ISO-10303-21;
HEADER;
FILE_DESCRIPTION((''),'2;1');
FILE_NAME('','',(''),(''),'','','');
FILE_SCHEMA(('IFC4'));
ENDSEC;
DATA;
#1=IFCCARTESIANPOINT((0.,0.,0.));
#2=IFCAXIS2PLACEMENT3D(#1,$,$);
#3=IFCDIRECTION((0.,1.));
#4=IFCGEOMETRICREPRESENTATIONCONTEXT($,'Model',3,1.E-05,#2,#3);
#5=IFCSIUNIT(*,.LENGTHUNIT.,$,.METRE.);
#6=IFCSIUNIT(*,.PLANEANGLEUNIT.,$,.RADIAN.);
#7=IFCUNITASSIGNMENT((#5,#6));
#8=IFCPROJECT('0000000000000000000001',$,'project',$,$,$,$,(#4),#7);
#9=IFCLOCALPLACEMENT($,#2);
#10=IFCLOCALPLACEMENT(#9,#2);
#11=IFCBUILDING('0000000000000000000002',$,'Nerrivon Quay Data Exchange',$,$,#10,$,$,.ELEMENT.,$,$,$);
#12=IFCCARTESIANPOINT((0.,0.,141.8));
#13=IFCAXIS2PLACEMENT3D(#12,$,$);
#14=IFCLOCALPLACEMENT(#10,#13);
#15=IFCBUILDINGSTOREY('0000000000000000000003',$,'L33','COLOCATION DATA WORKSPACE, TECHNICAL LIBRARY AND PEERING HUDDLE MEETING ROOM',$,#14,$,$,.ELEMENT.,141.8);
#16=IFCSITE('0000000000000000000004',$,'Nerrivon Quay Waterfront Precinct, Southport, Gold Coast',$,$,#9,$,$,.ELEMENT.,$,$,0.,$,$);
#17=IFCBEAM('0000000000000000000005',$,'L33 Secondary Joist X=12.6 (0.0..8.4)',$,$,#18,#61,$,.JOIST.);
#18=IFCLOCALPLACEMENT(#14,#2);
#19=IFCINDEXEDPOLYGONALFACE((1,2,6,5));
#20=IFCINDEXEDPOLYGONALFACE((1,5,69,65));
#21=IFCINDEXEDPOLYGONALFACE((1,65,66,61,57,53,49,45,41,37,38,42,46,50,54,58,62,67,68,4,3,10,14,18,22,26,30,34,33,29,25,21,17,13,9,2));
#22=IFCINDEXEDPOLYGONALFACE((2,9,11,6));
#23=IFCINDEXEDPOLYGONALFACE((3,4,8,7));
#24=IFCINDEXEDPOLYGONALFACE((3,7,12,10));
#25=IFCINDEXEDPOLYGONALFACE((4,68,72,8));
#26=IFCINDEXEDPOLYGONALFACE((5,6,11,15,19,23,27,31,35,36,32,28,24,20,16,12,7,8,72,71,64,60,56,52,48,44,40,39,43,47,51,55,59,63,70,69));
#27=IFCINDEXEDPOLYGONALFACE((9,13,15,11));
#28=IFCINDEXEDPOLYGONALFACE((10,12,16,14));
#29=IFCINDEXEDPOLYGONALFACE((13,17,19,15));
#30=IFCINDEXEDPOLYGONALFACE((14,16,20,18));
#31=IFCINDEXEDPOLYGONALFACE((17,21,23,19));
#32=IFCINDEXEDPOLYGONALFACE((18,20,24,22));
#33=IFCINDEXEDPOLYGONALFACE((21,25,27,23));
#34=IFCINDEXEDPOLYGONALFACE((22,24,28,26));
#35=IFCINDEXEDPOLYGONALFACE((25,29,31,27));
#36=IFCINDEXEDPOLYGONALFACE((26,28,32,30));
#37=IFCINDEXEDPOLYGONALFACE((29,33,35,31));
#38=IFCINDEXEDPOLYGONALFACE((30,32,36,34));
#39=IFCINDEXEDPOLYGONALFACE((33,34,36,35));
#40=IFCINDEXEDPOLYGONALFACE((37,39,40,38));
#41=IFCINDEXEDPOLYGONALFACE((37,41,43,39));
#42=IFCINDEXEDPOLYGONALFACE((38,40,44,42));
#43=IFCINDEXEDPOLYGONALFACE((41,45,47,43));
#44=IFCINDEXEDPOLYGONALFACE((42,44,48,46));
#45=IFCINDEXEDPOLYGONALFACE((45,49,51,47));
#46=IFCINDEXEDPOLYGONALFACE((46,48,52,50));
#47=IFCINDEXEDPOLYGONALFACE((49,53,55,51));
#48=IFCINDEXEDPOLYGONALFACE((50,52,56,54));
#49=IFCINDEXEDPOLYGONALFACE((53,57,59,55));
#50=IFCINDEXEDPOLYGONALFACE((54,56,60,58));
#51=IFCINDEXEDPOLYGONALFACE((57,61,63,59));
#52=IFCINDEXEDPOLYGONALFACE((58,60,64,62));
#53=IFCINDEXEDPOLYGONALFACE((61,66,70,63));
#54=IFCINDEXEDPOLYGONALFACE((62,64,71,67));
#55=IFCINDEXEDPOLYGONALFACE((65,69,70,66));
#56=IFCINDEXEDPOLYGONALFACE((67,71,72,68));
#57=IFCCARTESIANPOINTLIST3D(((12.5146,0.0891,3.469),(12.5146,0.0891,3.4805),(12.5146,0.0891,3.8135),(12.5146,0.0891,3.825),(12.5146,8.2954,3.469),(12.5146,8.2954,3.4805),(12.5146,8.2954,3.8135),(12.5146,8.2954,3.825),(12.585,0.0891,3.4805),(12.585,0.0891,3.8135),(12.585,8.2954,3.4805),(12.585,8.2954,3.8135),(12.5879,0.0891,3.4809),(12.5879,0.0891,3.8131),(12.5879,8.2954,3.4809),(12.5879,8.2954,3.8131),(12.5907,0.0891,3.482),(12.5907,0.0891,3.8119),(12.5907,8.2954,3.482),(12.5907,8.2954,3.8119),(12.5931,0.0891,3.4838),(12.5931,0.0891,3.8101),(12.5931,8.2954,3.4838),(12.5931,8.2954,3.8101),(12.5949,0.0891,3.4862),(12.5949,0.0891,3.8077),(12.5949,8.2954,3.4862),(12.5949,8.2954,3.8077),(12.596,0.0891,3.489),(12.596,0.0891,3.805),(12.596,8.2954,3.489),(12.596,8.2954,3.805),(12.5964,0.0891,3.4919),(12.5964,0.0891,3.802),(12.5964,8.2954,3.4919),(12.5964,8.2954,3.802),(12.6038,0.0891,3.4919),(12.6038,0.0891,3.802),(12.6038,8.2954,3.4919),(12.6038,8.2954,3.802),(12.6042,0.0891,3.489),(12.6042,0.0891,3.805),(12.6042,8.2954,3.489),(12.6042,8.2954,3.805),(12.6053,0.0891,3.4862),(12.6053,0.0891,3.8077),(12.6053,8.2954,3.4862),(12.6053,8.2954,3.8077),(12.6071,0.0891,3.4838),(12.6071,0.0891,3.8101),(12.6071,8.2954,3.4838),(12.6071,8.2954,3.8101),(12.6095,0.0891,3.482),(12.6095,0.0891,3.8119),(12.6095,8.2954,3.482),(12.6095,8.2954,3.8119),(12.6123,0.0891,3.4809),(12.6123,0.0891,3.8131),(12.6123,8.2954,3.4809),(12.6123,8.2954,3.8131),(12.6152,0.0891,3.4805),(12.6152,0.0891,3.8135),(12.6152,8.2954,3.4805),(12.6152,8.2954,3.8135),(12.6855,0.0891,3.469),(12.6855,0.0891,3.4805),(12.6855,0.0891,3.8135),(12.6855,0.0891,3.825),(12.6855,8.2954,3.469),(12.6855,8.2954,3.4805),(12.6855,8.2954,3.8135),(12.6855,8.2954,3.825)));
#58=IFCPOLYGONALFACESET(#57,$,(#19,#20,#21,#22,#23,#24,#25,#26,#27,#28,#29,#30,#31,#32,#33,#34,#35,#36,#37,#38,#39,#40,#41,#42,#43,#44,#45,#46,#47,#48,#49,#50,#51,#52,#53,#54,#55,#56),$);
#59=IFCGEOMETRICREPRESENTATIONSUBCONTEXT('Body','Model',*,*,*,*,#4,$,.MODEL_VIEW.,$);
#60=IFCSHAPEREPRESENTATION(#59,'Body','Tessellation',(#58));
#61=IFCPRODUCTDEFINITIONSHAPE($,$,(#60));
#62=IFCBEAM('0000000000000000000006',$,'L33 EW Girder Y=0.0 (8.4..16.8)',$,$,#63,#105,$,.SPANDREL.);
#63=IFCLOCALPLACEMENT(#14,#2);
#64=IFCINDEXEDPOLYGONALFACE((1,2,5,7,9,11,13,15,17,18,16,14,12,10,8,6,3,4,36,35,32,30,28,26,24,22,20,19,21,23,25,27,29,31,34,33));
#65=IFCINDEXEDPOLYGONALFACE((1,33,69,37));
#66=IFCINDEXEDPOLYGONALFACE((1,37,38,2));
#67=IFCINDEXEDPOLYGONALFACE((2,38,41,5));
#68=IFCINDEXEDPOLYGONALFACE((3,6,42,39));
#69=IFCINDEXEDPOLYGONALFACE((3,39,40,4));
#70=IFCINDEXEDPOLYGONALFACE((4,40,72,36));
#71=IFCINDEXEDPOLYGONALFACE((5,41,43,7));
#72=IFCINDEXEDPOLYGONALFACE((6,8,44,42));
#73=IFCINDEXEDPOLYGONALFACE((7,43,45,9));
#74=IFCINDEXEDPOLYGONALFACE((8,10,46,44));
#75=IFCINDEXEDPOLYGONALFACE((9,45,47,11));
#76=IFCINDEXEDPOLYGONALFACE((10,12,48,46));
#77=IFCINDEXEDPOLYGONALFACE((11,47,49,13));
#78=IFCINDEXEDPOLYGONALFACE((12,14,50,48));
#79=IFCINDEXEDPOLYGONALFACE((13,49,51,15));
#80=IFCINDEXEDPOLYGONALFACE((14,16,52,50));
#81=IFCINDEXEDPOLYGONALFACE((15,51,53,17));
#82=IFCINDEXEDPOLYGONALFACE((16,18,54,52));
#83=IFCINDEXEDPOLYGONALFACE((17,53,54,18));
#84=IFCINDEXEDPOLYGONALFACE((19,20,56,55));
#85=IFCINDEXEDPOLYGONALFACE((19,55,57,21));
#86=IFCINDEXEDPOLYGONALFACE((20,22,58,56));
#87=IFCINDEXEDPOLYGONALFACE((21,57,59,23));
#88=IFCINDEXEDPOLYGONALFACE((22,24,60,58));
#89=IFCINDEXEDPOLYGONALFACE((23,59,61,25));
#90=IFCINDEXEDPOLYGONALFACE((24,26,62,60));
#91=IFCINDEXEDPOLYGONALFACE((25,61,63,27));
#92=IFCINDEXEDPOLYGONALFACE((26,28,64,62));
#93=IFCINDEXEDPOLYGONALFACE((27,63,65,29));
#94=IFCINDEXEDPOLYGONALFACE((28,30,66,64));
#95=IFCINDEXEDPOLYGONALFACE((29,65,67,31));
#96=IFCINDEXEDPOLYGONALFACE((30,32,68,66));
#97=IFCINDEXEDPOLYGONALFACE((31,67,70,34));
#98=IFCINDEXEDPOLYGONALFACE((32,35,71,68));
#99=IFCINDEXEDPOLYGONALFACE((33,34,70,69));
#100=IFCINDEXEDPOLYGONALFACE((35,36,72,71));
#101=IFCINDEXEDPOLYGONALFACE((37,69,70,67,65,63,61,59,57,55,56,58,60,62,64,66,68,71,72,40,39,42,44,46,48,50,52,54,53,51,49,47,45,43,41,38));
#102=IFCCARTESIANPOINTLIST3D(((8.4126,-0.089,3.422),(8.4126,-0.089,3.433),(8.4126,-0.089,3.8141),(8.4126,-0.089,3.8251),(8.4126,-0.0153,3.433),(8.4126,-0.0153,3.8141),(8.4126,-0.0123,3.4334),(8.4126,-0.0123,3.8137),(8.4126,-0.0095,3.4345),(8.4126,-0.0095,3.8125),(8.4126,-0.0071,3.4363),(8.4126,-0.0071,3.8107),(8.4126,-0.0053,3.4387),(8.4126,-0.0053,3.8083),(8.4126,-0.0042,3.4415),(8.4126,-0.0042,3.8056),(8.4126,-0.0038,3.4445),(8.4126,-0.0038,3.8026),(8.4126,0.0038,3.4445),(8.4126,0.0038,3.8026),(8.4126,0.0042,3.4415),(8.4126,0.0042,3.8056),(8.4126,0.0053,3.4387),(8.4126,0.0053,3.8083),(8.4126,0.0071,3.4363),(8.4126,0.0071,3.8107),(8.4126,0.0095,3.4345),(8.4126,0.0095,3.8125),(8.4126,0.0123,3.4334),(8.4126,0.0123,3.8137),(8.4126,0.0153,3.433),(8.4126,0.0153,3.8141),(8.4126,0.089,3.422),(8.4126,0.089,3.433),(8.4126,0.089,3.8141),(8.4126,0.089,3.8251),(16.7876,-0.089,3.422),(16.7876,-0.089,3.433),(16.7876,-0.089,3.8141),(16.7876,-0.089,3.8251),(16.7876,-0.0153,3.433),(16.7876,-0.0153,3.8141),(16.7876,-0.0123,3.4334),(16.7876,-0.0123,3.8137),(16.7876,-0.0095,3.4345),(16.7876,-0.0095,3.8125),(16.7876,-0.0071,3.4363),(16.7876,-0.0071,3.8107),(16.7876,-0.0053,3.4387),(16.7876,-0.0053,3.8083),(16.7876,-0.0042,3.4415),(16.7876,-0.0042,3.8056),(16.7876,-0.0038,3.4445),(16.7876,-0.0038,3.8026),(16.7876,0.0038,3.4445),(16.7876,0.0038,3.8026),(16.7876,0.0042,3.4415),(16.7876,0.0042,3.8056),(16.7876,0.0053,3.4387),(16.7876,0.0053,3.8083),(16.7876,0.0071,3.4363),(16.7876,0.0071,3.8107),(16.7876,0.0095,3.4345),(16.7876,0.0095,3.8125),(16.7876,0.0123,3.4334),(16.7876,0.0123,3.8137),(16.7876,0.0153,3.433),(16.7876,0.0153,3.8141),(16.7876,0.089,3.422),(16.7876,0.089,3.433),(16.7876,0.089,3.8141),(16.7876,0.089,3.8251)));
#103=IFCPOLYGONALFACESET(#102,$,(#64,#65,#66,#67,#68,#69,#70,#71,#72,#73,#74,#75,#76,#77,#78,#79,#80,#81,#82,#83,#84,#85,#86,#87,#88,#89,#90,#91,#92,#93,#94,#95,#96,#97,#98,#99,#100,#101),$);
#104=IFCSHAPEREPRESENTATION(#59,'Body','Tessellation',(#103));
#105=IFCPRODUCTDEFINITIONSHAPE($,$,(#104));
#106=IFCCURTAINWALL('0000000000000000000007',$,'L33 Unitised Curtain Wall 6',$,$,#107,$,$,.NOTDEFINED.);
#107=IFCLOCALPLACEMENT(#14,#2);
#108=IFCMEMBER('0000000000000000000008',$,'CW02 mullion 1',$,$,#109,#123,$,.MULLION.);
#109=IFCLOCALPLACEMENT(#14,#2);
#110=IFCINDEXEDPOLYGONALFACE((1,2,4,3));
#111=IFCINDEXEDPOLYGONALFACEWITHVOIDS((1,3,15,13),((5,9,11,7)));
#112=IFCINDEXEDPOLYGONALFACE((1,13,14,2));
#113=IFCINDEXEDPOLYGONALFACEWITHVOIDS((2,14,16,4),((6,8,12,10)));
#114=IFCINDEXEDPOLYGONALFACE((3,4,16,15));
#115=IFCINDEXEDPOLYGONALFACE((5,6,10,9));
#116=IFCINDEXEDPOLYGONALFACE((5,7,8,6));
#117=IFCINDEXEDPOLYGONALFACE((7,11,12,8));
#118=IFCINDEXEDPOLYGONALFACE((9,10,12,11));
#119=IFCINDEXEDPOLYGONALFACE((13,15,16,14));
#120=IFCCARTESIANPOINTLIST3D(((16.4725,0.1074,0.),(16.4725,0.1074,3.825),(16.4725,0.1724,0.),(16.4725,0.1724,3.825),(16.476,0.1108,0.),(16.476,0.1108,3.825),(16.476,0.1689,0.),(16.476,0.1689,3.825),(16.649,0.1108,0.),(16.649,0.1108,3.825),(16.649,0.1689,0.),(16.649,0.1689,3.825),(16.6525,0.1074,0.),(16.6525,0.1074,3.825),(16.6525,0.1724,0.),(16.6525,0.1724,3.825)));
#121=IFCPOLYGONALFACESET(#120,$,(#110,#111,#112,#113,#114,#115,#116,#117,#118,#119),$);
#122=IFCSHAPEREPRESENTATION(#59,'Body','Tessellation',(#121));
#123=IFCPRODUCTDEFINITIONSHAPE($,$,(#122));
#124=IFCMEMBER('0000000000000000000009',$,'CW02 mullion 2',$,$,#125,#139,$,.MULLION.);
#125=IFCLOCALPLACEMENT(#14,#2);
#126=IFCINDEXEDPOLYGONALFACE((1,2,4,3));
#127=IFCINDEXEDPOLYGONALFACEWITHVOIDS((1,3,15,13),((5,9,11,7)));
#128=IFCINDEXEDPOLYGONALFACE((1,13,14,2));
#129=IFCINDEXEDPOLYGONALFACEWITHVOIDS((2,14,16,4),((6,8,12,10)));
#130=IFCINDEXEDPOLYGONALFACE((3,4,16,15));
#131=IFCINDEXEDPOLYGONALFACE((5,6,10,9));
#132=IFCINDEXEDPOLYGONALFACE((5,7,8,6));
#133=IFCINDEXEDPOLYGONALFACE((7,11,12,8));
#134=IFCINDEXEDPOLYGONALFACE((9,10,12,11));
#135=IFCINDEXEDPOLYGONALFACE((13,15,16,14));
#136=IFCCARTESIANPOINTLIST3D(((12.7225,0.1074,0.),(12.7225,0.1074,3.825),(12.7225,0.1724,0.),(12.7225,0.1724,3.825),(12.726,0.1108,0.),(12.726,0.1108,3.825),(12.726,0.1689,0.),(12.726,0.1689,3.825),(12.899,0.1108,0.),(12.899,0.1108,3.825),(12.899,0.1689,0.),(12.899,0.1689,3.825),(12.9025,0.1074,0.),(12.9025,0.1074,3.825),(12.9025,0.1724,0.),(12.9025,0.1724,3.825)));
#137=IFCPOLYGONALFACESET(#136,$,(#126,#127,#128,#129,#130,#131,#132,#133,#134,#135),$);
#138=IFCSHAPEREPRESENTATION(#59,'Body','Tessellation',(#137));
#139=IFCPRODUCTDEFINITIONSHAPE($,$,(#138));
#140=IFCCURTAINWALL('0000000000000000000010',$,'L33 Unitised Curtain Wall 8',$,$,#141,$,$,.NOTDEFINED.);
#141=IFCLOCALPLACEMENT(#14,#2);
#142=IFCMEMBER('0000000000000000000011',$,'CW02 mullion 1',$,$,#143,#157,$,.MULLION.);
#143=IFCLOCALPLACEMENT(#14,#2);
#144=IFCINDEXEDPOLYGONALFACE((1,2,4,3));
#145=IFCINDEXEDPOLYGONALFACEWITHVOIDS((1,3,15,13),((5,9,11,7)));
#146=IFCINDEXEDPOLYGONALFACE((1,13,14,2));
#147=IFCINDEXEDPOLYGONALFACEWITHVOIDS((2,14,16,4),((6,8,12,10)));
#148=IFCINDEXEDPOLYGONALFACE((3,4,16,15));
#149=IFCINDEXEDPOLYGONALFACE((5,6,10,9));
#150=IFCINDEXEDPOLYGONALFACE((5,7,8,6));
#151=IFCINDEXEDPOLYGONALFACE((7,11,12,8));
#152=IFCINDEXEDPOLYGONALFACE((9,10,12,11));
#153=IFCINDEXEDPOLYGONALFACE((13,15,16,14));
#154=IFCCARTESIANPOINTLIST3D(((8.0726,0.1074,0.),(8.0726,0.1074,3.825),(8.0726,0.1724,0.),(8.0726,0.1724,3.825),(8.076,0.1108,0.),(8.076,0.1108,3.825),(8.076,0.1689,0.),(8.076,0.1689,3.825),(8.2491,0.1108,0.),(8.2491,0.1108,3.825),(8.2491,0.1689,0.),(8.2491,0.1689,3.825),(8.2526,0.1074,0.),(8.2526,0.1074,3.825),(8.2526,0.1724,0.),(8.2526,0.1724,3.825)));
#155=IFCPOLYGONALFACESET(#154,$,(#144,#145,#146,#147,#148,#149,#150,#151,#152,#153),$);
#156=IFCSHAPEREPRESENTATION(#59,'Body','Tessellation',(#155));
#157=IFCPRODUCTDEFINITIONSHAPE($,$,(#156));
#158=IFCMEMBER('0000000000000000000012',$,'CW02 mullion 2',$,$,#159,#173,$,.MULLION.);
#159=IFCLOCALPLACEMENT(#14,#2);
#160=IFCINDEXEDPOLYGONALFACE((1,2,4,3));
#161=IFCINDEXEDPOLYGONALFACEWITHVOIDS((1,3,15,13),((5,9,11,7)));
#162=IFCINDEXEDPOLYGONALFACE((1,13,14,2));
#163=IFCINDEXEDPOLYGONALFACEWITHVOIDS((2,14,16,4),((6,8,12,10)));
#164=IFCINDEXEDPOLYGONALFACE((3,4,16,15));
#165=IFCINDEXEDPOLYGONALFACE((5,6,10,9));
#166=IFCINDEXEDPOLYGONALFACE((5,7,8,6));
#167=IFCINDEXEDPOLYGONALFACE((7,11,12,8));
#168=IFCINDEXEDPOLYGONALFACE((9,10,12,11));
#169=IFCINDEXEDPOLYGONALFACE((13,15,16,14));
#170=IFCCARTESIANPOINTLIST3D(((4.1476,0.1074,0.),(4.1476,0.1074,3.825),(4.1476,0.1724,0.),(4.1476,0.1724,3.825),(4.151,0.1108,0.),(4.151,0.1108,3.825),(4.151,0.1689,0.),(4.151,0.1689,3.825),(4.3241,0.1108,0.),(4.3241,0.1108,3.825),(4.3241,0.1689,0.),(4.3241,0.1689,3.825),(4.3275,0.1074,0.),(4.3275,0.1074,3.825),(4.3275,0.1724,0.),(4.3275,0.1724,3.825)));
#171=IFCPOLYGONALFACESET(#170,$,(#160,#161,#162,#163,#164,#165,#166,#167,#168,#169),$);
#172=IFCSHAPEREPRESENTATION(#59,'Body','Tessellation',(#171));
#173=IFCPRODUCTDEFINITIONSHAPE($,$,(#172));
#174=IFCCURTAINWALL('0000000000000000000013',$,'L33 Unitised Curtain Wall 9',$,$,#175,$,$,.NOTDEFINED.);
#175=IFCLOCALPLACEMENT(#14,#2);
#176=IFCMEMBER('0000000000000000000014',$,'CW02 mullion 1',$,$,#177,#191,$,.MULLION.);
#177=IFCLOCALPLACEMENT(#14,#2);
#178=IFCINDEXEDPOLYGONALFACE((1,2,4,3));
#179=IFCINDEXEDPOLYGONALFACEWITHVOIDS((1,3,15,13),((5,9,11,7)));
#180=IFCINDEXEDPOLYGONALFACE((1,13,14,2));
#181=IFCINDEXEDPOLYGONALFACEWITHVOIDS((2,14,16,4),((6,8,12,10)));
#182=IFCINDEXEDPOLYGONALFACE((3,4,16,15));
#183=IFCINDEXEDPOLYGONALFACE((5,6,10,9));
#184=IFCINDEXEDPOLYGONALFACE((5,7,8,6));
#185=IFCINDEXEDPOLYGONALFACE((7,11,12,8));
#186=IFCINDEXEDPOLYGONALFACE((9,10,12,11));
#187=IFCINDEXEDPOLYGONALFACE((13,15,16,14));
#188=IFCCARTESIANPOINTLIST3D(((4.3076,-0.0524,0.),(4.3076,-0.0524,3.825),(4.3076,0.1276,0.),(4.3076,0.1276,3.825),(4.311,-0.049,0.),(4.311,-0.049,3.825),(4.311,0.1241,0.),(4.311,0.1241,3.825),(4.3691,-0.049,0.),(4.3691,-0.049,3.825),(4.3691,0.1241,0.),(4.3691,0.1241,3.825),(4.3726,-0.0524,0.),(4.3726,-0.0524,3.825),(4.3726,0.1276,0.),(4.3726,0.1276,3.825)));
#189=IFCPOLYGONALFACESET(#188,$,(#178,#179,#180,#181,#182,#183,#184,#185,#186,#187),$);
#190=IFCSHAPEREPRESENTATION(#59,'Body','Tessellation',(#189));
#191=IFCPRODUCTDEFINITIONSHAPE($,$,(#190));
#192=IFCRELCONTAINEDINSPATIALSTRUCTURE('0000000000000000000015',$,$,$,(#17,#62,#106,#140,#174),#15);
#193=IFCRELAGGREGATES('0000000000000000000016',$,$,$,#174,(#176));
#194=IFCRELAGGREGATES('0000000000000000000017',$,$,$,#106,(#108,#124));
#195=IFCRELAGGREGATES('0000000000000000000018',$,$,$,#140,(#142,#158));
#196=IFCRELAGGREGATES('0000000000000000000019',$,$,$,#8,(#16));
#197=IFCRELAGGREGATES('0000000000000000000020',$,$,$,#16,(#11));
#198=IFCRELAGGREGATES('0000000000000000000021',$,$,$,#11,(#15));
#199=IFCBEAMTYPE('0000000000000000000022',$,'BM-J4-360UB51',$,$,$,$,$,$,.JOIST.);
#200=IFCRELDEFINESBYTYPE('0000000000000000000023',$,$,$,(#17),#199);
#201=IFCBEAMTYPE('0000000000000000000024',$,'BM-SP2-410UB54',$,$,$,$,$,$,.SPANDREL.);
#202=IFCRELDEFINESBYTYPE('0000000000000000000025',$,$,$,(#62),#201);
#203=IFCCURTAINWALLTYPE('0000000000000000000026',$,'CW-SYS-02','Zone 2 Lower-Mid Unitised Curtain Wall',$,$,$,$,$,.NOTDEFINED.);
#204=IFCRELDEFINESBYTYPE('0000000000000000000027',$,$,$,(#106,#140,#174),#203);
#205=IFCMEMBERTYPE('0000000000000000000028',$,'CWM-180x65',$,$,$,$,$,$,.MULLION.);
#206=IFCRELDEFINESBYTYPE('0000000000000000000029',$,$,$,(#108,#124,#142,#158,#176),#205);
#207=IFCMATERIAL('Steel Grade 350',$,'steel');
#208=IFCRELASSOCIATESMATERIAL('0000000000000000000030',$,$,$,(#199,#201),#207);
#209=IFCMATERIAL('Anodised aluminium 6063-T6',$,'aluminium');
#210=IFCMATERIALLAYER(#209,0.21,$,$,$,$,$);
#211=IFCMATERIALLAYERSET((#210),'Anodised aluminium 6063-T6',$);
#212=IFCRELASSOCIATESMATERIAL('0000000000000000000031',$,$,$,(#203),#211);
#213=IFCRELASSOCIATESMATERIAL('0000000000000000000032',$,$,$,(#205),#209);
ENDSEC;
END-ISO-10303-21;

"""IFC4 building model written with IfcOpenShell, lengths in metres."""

from ifc_helpers import new_model, si_unit, direction, frame, origin, origin_2d, place, context, subcontext, project, spatial, hollow_rectangle, i_section, extrude, material, layer, layer_set, material_profile, profile_set, type_object, element, aggregate, save


model = new_model("IFC4")

# Units and contexts
model_context = context("Model", 3, precision=1e-05, world=origin(), true_north=direction((0.0, 1.0)))
body_context = subcontext(model_context, "Body", "Model", "MODEL_VIEW")
ifc_project = project(units=[si_unit("LENGTHUNIT", "METRE"), si_unit("PLANEANGLEUNIT", "RADIAN")], contexts=[model_context])

# Site, building, storey
site_placement = place(None, origin())
site = spatial("IfcSite", under=ifc_project, at=site_placement, Name="Nerrivon Quay Waterfront Precinct, Southport, Gold Coast", CompositionType="ELEMENT", RefElevation=0.0)
building_placement = place(site_placement, origin())
building = spatial("IfcBuilding", under=site, at=building_placement, Name="Nerrivon Quay Data Exchange", CompositionType="ELEMENT")
storey_placement = place(building_placement, frame((0.0, 0.0, 141.8)))
storey = spatial("IfcBuildingStorey", under=building, at=storey_placement, Name="L33", Description="COLOCATION DATA WORKSPACE, TECHNICAL LIBRARY AND PEERING HUDDLE MEETING ROOM", CompositionType="ELEMENT", Elevation=141.8)

# Shared definitions
ifc_material_1 = material(Name="Steel Grade 350", Category="steel")

# Beams
ifc_material_profile_1 = material_profile(ifc_material_1, i_section(OverallWidth=0.1709, OverallDepth=0.356, WebThickness=0.0073, FlangeThickness=0.0115, FilletRadius=0.0115, at=origin_2d()), Name="360UB50.7")
ifc_profile_set_1 = profile_set([ifc_material_profile_1], Name="Steel Grade 350")
beam_type_1 = type_object("IfcBeamType", Name="BM-J4-360UB51", PredefinedType="JOIST", material=ifc_profile_set_1)
beam_1_placement = place(storey_placement, frame((12.6001, 0.0891, 3.647), z_axis=(0.0, 1.0, 0.0), x_axis=(-1.0, 0.0, 0.0)))
element("IfcBeam", 1, at=beam_1_placement, inside=storey, type_object=beam_type_1, Name="L33 Secondary Joist X=12.6 (0.0..8.4)", PredefinedType="JOIST", context=body_context, shape_type="SweptSolid", body=[
    extrude(i_section(OverallWidth=0.1709, OverallDepth=0.356, WebThickness=0.0073, FlangeThickness=0.0115, FilletRadius=0.0115, at=origin_2d()), origin(), (0.0, 0.0, 1.0), 8.2063),
])
ifc_material_profile_2 = material_profile(ifc_material_1, i_section(OverallWidth=0.178, OverallDepth=0.4031, WebThickness=0.0076, FlangeThickness=0.011, FilletRadius=0.0115, at=origin_2d()), Name="410UB53.7")
ifc_profile_set_2 = profile_set([ifc_material_profile_2], Name="Steel Grade 350")
beam_type_2 = type_object("IfcBeamType", Name="BM-SP2-410UB54", PredefinedType="SPANDREL", material=ifc_profile_set_2)
beam_2_placement = place(storey_placement, frame((8.4126, 0.0, 3.6235), z_axis=(1.0, 0.0, 0.0), x_axis=(0.0, 1.0, 0.0)))
element("IfcBeam", 2, at=beam_2_placement, inside=storey, type_object=beam_type_2, Name="L33 EW Girder Y=0.0 (8.4..16.8)", PredefinedType="SPANDREL", context=body_context, shape_type="SweptSolid", body=[
    extrude(i_section(OverallWidth=0.178, OverallDepth=0.4031, WebThickness=0.0076, FlangeThickness=0.011, FilletRadius=0.0115, at=origin_2d()), origin(), (0.0, 0.0, 1.0), 8.375),
])

# Curtain walls, members
ifc_material_2 = material(Name="Anodised aluminium 6063-T6", Category="aluminium")
ifc_layer_1 = layer(ifc_material_2, 0.21)
ifc_layer_set_1 = layer_set([ifc_layer_1], Name="Anodised aluminium 6063-T6")
curtain_wall_type = type_object("IfcCurtainWallType", Name="CW-SYS-02", Description="Zone 2 Lower-Mid Unitised Curtain Wall", PredefinedType="NOTDEFINED", material=ifc_layer_set_1)
curtain_wall_1_placement = place(storey_placement, origin())
curtain_wall_1 = element("IfcCurtainWall", 3, at=curtain_wall_1_placement, inside=storey, type_object=curtain_wall_type, Name="L33 Unitised Curtain Wall 6", PredefinedType="NOTDEFINED")
ifc_material_profile_3 = material_profile(ifc_material_2, hollow_rectangle(XDim=0.0649, YDim=0.1799, WallThickness=0.0034, at=origin_2d()), Name="ALU-MULL-180x65")
ifc_profile_set_3 = profile_set([ifc_material_profile_3], Name="Anodised aluminium 6063-T6")
member_type_1 = type_object("IfcMemberType", Name="CWM-180x65", PredefinedType="MULLION", material=ifc_profile_set_3)
member_1_placement = place(storey_placement, frame((16.5625, 0.1399, 0.0), z_axis=(0.0, 0.0, 1.0), x_axis=(0.0, -1.0, 0.0)))
member_1 = element("IfcMember", 4, at=member_1_placement, type_object=member_type_1, Name="CW02 mullion 1", PredefinedType="MULLION", context=body_context, shape_type="SweptSolid", body=[
    extrude(hollow_rectangle(XDim=0.0649, YDim=0.1799, WallThickness=0.0034, at=origin_2d()), origin(), (0.0, 0.0, 1.0), 3.825),
])
member_2_placement = place(storey_placement, frame((12.8125, 0.1399, 0.0), z_axis=(0.0, 0.0, 1.0), x_axis=(0.0, -1.0, 0.0)))
member_2 = element("IfcMember", 5, at=member_2_placement, type_object=member_type_1, Name="CW02 mullion 2", PredefinedType="MULLION", context=body_context, shape_type="SweptSolid", body=[
    extrude(hollow_rectangle(XDim=0.0649, YDim=0.1799, WallThickness=0.0034, at=origin_2d()), origin(), (0.0, 0.0, 1.0), 3.825),
])
curtain_wall_2_placement = place(storey_placement, origin())
curtain_wall_2 = element("IfcCurtainWall", 6, at=curtain_wall_2_placement, inside=storey, type_object=curtain_wall_type, Name="L33 Unitised Curtain Wall 8", PredefinedType="NOTDEFINED")
member_3_placement = place(storey_placement, frame((8.1626, 0.1399, 0.0), z_axis=(0.0, 0.0, 1.0), x_axis=(0.0, -1.0, 0.0)))
member_3 = element("IfcMember", 7, at=member_3_placement, type_object=member_type_1, Name="CW02 mullion 1", PredefinedType="MULLION", context=body_context, shape_type="SweptSolid", body=[
    extrude(hollow_rectangle(XDim=0.0649, YDim=0.1799, WallThickness=0.0034, at=origin_2d()), origin(), (0.0, 0.0, 1.0), 3.825),
])
member_4_placement = place(storey_placement, frame((4.2375, 0.1399, 0.0), z_axis=(0.0, 0.0, 1.0), x_axis=(0.0, -1.0, 0.0)))
member_4 = element("IfcMember", 8, at=member_4_placement, type_object=member_type_1, Name="CW02 mullion 2", PredefinedType="MULLION", context=body_context, shape_type="SweptSolid", body=[
    extrude(hollow_rectangle(XDim=0.0649, YDim=0.1799, WallThickness=0.0034, at=origin_2d()), origin(), (0.0, 0.0, 1.0), 3.825),
])

# Curtain wall, member
curtain_wall_3_placement = place(storey_placement, origin())
curtain_wall_3 = element("IfcCurtainWall", 9, at=curtain_wall_3_placement, inside=storey, type_object=curtain_wall_type, Name="L33 Unitised Curtain Wall 9", PredefinedType="NOTDEFINED")
member_5_placement = place(storey_placement, frame((4.3401, 0.0376, 0.0), z_axis=(0.0, 0.0, 1.0), x_axis=(-1.0, 0.0, 0.0)))
member_5 = element("IfcMember", 10, at=member_5_placement, type_object=member_type_1, Name="CW02 mullion 1", PredefinedType="MULLION", context=body_context, shape_type="SweptSolid", body=[
    extrude(hollow_rectangle(XDim=0.0649, YDim=0.1799, WallThickness=0.0034, at=origin_2d()), origin(), (0.0, 0.0, 1.0), 3.825),
])

aggregate(curtain_wall_3, [member_5])

aggregate(curtain_wall_1, [member_1, member_2])
aggregate(curtain_wall_2, [member_3, member_4])

save(model, "model.ifc")
